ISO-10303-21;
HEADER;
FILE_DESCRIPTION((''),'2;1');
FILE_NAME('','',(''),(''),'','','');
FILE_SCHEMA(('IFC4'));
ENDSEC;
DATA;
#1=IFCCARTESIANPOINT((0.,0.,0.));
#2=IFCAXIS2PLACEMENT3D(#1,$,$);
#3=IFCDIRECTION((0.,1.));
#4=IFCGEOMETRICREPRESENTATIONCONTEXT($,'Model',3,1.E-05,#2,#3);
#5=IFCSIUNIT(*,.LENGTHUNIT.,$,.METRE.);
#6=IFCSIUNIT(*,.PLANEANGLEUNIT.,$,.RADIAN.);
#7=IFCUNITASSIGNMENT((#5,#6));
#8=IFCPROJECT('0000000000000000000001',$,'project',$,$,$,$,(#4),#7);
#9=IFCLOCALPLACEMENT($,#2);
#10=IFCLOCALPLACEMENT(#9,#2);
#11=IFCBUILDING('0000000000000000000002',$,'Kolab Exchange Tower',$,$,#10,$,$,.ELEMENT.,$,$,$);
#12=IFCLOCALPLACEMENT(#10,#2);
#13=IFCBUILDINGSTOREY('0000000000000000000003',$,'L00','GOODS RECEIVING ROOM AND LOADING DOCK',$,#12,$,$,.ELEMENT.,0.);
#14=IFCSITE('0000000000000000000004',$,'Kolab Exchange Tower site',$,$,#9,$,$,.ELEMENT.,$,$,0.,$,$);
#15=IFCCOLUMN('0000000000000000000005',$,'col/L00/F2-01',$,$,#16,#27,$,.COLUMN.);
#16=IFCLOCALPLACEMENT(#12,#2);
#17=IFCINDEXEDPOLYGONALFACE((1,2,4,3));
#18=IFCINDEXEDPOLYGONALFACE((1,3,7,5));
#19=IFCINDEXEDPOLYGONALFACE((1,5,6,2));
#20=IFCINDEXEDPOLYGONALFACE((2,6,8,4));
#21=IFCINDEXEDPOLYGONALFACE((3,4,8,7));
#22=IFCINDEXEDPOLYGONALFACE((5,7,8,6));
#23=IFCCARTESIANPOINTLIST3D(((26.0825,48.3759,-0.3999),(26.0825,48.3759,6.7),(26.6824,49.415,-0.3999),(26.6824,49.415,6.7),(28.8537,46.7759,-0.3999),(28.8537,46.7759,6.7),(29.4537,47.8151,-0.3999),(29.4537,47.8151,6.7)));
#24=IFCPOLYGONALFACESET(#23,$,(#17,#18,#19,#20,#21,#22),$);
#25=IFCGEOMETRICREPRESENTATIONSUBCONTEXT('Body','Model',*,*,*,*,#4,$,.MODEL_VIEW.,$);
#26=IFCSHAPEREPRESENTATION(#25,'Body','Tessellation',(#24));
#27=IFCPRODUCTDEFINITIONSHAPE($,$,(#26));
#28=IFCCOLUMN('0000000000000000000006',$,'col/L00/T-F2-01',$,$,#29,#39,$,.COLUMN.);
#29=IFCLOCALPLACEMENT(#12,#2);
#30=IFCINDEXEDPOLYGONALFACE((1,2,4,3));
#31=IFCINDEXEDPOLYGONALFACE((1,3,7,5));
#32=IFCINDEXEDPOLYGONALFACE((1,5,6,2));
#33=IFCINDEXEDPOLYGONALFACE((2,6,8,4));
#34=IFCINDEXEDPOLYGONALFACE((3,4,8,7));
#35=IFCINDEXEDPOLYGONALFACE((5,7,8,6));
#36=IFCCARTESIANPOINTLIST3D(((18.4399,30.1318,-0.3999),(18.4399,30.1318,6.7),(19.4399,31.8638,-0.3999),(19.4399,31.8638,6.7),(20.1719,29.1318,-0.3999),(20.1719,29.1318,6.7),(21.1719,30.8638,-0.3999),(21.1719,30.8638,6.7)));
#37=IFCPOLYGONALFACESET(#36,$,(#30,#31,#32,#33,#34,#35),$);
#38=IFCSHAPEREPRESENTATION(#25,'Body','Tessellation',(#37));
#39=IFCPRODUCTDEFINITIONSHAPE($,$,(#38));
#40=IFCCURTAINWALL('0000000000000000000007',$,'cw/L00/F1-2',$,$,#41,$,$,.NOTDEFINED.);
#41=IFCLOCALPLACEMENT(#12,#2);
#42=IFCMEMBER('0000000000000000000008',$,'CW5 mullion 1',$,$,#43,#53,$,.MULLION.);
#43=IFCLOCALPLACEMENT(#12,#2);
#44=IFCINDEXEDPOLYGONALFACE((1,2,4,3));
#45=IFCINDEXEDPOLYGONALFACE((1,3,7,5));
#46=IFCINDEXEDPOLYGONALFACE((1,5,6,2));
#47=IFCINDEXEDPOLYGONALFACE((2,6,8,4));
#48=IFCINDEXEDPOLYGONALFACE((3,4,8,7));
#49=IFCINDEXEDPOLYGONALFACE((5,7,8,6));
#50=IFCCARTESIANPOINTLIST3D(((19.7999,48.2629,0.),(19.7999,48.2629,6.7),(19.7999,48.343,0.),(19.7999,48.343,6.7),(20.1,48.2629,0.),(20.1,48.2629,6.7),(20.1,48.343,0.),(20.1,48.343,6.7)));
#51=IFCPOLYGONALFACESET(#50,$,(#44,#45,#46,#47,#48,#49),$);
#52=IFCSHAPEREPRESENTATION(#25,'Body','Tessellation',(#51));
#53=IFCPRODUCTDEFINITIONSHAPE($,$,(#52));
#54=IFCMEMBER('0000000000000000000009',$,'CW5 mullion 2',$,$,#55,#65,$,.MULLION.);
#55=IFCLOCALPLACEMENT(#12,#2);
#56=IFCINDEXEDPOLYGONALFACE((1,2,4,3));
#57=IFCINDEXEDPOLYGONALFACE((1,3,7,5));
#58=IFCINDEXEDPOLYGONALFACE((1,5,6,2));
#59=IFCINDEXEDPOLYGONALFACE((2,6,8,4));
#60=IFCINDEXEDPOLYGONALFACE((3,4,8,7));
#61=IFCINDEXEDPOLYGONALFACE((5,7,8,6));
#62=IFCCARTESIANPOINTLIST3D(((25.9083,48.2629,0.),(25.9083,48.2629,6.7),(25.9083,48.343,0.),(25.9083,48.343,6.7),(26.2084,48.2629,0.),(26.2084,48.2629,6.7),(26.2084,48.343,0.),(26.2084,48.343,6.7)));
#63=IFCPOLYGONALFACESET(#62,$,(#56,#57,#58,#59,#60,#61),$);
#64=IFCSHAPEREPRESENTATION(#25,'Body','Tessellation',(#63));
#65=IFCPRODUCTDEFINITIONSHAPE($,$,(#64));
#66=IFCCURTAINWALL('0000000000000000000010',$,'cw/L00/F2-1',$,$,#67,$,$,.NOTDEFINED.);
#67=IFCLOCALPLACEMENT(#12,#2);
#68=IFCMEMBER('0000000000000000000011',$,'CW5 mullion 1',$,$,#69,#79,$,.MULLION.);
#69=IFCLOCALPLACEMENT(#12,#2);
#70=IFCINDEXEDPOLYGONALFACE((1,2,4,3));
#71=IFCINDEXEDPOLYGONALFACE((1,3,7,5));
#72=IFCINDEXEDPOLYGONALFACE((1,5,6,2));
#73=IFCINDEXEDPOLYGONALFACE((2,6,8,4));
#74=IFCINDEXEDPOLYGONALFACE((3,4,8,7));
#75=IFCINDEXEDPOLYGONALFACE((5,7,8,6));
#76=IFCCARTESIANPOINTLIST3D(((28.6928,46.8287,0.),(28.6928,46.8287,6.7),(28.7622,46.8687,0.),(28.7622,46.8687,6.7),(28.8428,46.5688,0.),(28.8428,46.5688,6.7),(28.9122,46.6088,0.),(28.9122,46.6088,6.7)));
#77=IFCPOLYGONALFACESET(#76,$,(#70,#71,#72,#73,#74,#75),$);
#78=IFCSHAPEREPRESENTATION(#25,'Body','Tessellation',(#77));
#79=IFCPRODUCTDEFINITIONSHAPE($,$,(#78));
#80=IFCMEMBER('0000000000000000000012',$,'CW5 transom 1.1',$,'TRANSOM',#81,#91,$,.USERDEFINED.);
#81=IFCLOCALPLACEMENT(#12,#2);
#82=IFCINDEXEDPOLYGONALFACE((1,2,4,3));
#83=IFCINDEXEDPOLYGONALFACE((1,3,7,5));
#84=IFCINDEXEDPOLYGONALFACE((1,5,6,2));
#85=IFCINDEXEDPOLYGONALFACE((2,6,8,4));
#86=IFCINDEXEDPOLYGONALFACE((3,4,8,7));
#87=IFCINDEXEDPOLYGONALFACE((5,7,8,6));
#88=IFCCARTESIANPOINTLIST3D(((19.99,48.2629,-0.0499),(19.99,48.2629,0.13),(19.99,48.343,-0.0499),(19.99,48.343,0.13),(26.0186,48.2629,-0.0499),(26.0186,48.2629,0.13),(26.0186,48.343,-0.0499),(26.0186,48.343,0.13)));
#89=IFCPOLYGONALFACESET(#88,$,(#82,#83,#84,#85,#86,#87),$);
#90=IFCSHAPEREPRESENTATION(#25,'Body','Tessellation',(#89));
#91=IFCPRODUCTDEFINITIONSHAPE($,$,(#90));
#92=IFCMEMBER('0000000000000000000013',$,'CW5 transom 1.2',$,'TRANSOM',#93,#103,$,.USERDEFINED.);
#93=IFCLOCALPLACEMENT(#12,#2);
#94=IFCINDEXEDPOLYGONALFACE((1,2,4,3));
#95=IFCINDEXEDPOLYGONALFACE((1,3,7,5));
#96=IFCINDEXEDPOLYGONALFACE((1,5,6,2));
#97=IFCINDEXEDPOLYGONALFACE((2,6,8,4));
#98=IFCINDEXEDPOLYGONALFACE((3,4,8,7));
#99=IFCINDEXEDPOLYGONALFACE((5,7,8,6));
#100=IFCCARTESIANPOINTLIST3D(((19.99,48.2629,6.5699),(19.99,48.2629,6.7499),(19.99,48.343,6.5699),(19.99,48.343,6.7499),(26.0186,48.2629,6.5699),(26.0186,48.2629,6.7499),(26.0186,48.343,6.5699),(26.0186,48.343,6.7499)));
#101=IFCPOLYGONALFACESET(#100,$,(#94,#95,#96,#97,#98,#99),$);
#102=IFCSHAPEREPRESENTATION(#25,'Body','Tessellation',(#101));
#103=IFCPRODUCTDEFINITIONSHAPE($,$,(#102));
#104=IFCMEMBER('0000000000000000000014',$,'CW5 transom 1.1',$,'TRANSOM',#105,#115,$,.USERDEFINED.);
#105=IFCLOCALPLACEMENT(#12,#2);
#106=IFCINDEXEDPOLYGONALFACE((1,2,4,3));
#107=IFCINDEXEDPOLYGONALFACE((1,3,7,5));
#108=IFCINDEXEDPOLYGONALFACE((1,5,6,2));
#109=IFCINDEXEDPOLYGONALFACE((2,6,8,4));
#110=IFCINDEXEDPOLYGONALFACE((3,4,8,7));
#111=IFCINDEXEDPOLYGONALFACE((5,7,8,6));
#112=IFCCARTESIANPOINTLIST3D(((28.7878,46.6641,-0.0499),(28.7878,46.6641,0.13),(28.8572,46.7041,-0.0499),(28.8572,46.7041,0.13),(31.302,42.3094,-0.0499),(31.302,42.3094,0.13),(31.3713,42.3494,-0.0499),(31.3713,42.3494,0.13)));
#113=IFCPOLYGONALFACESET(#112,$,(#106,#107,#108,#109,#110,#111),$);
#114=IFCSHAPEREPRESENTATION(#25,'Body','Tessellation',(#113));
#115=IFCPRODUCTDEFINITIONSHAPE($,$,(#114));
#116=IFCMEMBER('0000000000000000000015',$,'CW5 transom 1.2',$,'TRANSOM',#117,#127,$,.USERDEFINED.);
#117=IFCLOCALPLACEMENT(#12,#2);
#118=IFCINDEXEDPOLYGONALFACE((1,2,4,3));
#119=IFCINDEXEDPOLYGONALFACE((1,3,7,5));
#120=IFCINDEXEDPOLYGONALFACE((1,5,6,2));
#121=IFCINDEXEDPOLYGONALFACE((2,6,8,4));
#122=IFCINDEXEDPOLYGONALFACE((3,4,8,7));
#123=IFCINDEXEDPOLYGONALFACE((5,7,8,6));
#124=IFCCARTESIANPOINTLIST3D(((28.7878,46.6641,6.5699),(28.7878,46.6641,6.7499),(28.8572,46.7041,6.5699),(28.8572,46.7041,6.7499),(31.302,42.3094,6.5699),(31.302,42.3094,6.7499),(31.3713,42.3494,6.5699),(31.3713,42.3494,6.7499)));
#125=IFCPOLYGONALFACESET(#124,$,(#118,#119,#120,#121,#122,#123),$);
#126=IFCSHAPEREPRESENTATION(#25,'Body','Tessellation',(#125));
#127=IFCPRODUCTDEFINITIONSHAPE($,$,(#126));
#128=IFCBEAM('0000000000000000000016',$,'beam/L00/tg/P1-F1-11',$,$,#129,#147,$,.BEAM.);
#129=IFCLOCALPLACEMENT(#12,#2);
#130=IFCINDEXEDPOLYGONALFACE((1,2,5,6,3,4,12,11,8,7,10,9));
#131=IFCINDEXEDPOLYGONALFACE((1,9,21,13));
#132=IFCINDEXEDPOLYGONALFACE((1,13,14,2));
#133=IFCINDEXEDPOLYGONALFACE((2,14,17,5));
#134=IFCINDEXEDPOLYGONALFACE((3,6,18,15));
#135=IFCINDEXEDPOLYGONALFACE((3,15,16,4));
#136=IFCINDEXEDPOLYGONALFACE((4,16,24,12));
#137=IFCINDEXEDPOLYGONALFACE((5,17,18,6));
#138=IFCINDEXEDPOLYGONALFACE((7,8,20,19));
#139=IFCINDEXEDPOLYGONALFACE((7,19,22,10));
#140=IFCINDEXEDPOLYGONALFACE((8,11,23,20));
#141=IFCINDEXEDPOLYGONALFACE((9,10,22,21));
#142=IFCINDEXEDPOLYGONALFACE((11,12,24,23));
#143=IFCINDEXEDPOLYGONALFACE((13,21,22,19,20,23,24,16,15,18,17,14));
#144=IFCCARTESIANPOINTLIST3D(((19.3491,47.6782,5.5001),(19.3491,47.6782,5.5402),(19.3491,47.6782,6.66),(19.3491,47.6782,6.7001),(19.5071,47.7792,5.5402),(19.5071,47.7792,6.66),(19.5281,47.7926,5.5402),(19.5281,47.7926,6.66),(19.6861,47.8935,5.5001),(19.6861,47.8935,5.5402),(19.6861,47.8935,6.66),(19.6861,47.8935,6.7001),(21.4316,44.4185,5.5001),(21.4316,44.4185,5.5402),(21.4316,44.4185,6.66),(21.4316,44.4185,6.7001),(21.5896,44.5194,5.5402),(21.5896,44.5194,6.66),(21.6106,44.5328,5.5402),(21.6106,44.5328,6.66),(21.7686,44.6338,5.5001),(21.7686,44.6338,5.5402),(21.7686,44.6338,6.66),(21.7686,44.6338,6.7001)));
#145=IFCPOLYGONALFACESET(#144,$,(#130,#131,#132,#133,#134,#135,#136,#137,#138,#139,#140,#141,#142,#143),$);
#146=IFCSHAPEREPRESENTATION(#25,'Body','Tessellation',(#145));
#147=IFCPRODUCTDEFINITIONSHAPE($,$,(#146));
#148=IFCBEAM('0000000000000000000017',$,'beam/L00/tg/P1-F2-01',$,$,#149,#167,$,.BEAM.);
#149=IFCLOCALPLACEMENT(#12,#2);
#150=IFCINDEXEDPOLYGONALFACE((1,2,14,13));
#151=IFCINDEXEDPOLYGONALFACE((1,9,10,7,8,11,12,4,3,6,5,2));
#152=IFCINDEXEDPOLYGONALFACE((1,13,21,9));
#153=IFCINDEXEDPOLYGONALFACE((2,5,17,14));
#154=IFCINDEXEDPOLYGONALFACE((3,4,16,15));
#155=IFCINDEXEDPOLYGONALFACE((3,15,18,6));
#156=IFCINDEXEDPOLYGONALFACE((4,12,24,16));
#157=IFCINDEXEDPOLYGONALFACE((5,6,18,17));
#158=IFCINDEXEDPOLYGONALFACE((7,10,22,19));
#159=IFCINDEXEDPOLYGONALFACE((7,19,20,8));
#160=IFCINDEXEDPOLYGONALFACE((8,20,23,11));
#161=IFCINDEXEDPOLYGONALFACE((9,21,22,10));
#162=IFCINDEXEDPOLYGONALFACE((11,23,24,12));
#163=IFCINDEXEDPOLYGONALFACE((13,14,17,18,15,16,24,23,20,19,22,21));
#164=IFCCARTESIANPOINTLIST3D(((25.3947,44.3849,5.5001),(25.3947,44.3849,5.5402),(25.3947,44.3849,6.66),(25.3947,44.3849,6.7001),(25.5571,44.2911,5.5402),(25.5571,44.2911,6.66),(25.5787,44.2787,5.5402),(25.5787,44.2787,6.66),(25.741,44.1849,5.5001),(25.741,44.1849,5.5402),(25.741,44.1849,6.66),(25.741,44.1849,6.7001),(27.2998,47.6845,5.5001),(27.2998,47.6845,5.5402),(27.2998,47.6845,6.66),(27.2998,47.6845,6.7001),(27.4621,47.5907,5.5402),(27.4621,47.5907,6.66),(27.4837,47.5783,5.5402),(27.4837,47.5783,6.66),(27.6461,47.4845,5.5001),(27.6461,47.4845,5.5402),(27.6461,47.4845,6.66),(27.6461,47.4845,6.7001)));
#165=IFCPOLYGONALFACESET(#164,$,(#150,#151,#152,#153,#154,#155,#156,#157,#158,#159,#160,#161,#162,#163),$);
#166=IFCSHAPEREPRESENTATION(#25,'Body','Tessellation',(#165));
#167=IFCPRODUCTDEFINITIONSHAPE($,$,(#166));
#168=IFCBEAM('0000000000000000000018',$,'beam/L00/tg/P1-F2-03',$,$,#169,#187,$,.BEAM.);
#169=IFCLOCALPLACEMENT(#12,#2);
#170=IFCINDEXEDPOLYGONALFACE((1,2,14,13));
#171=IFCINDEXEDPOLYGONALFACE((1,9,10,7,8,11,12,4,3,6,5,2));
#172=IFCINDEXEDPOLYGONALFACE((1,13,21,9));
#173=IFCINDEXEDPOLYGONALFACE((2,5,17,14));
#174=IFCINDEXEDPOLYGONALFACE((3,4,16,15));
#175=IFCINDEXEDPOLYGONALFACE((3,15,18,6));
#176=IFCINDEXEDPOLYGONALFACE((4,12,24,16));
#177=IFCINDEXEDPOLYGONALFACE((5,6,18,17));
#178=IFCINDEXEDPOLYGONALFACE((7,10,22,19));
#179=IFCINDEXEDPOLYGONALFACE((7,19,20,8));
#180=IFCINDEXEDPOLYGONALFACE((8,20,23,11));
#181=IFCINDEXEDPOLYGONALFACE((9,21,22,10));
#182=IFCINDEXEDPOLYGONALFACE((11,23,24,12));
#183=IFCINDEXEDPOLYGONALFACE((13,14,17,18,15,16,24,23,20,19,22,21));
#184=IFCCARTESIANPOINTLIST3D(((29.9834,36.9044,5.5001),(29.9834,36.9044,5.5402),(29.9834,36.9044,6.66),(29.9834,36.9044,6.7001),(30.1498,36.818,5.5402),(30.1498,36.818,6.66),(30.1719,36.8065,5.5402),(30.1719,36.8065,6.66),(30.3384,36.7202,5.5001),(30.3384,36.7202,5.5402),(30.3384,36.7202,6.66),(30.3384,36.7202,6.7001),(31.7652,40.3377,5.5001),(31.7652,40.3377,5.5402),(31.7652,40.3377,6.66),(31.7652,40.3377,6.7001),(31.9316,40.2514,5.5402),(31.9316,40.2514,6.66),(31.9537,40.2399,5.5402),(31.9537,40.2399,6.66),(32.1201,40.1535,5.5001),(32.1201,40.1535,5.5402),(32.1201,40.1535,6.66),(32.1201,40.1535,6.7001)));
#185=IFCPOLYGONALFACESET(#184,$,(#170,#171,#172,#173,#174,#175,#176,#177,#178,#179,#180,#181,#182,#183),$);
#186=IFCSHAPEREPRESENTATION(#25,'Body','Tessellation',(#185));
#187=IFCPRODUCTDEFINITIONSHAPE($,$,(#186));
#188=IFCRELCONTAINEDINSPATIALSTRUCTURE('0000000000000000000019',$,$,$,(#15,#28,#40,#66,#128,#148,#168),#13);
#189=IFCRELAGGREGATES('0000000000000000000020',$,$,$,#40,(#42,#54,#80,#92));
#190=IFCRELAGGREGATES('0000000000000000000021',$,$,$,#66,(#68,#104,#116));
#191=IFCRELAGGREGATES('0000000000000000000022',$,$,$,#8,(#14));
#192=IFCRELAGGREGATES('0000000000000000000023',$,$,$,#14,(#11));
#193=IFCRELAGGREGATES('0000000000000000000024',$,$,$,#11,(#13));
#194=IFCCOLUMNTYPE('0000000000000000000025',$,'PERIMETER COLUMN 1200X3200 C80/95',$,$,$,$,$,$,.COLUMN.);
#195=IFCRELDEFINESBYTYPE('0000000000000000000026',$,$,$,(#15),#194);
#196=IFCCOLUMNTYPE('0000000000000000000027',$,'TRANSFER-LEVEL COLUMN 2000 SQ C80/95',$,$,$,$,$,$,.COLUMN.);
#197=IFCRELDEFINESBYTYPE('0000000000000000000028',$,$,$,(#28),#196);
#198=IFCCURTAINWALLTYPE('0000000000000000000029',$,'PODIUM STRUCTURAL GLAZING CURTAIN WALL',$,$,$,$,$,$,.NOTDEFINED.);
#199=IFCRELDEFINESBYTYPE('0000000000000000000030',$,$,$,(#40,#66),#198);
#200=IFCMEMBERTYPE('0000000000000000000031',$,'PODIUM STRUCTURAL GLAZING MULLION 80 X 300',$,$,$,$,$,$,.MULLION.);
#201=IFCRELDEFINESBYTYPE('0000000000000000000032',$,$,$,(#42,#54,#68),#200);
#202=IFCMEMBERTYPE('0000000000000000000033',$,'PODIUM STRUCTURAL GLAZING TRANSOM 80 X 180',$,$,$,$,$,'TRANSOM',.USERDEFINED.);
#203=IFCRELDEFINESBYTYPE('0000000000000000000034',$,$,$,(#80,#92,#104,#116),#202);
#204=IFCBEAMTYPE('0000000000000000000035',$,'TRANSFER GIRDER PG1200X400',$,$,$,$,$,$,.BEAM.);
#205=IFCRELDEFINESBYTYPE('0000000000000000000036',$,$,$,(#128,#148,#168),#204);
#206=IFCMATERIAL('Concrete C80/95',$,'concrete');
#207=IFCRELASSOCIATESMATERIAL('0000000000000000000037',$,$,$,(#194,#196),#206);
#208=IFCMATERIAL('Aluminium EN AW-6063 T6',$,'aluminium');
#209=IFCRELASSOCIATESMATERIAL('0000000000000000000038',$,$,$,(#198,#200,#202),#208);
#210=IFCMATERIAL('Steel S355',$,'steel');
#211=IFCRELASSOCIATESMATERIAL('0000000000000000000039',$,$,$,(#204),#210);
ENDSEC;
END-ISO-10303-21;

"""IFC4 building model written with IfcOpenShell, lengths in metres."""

from ifc_helpers import new_model, si_unit, direction, frame, origin, origin_2d, place, context, subcontext, project, spatial, rectangle, i_section, extrude, material, material_profile, profile_set, type_object, element, aggregate, save


model = new_model("IFC4")

# Units and contexts
model_context = context("Model", 3, precision=1e-05, world=origin(), true_north=direction((0.0, 1.0)))
body_context = subcontext(model_context, "Body", "Model", "MODEL_VIEW")
ifc_project = project(units=[si_unit("LENGTHUNIT", "METRE"), si_unit("PLANEANGLEUNIT", "RADIAN")], contexts=[model_context])

# Site, building, storey
site_placement = place(None, origin())
site = spatial("IfcSite", under=ifc_project, at=site_placement, Name="Kolab Exchange Tower site", CompositionType="ELEMENT", RefElevation=0.0)
building_placement = place(site_placement, origin())
building = spatial("IfcBuilding", under=site, at=building_placement, Name="Kolab Exchange Tower", CompositionType="ELEMENT")
storey_placement = place(building_placement, origin())
storey = spatial("IfcBuildingStorey", under=building, at=storey_placement, Name="L00", Description="GOODS RECEIVING ROOM AND LOADING DOCK", CompositionType="ELEMENT", Elevation=0.0)

# Columns
ifc_material_1 = material(Name="Concrete C80/95", Category="concrete")
ifc_material_profile_1 = material_profile(ifc_material_1, rectangle(XDim=1.2, YDim=3.2, at=origin_2d()), Name="RC1200X3200")
ifc_profile_set_1 = profile_set([ifc_material_profile_1], Name="Concrete C80/95")
column_type_1 = type_object("IfcColumnType", Name="PERIMETER COLUMN 1200X3200 C80/95", PredefinedType="COLUMN", material=ifc_profile_set_1)
for number, where, z_axis, x_axis, name in (
    (1, (27.7681, 48.0955, -0.3999), (0.0, 0.0, 1.0), (0.5, 0.866025, 0.0), "col/L00/F2-01"),
):
    element("IfcColumn", number, at=place(storey_placement, frame(where, z_axis=z_axis, x_axis=x_axis)), inside=storey, type_object=column_type_1, Name=name, PredefinedType="COLUMN", context=body_context, shape_type="SweptSolid", body=[
        extrude(rectangle(XDim=1.2, YDim=3.2, at=origin_2d()), origin(), (0.0, 0.0, 1.0), 7.0999),
    ])
ifc_material_profile_2 = material_profile(ifc_material_1, rectangle(XDim=2.0, YDim=2.0, at=origin_2d()), Name="RC2000")
ifc_profile_set_2 = profile_set([ifc_material_profile_2], Name="Concrete C80/95")
column_type_2 = type_object("IfcColumnType", Name="TRANSFER-LEVEL COLUMN 2000 SQ C80/95", PredefinedType="COLUMN", material=ifc_profile_set_2)
column_placement = place(storey_placement, frame((19.8059, 30.4978, -0.3999), z_axis=(0.0, 0.0, 1.0), x_axis=(0.5, 0.866025, 0.0)))
element("IfcColumn", 2, at=column_placement, inside=storey, type_object=column_type_2, Name="col/L00/T-F2-01", PredefinedType="COLUMN", context=body_context, shape_type="SweptSolid", body=[
    extrude(rectangle(XDim=2.0, YDim=2.0, at=origin_2d()), origin(), (0.0, 0.0, 1.0), 7.0999),
])

# Curtain wall, members
ifc_material_2 = material(Name="Aluminium EN AW-6063 T6", Category="aluminium")
curtain_wall_type = type_object("IfcCurtainWallType", Name="PODIUM STRUCTURAL GLAZING CURTAIN WALL", PredefinedType="NOTDEFINED", material=ifc_material_2)
curtain_wall_1_placement = place(storey_placement, origin())
curtain_wall_1 = element("IfcCurtainWall", 3, at=curtain_wall_1_placement, inside=storey, type_object=curtain_wall_type, Name="cw/L00/F1-2", PredefinedType="NOTDEFINED")
ifc_material_profile_3 = material_profile(ifc_material_2, rectangle(XDim=0.0801, YDim=0.3, at=origin_2d()), Name="RECT 80X300")
ifc_profile_set_3 = profile_set([ifc_material_profile_3], Name="Aluminium EN AW-6063 T6")
member_type_1 = type_object("IfcMemberType", Name="PODIUM STRUCTURAL GLAZING MULLION 80 X 300", PredefinedType="MULLION", material=ifc_profile_set_3)
member_1_placement = place(storey_placement, frame((19.95, 48.303, 0.0), z_axis=(0.0, 0.0, 1.0), x_axis=(0.0, 1.0, 0.0)))
member_1 = element("IfcMember", 4, at=member_1_placement, type_object=member_type_1, Name="CW5 mullion 1", PredefinedType="MULLION", context=body_context, shape_type="SweptSolid", body=[
    extrude(rectangle(XDim=0.0801, YDim=0.3, at=origin_2d()), origin(), (0.0, 0.0, 1.0), 6.7),
])
member_2_placement = place(storey_placement, frame((26.0583, 48.303, 0.0), z_axis=(0.0, 0.0, 1.0), x_axis=(0.0, 1.0, 0.0)))
member_2 = element("IfcMember", 5, at=member_2_placement, type_object=member_type_1, Name="CW5 mullion 2", PredefinedType="MULLION", context=body_context, shape_type="SweptSolid", body=[
    extrude(rectangle(XDim=0.0801, YDim=0.3, at=origin_2d()), origin(), (0.0, 0.0, 1.0), 6.7),
])

# Curtain wall, member
curtain_wall_2_placement = place(storey_placement, origin())
curtain_wall_2 = element("IfcCurtainWall", 6, at=curtain_wall_2_placement, inside=storey, type_object=curtain_wall_type, Name="cw/L00/F2-1", PredefinedType="NOTDEFINED")
member_3_placement = place(storey_placement, frame((28.8025, 46.7188, 0.0), z_axis=(0.0, 0.0, 1.0), x_axis=(0.866025, 0.5, 0.0)))
member_3 = element("IfcMember", 7, at=member_3_placement, type_object=member_type_1, Name="CW5 mullion 1", PredefinedType="MULLION", context=body_context, shape_type="SweptSolid", body=[
    extrude(rectangle(XDim=0.0801, YDim=0.3, at=origin_2d()), origin(), (0.0, 0.0, 1.0), 6.7),
])

# Members
ifc_material_profile_4 = material_profile(ifc_material_2, rectangle(XDim=0.0801, YDim=0.1799, at=origin_2d()), Name="RECT 80X180")
ifc_profile_set_4 = profile_set([ifc_material_profile_4], Name="Aluminium EN AW-6063 T6")
member_type_2 = type_object("IfcMemberType", Name="PODIUM STRUCTURAL GLAZING TRANSOM 80 X 180", ElementType="TRANSOM", PredefinedType="USERDEFINED", material=ifc_profile_set_4)
member_4_placement = place(storey_placement, frame((19.99, 48.303, 0.04), z_axis=(1.0, 0.0, 0.0), x_axis=(0.0, 1.0, 0.0)))
member_4 = element("IfcMember", 8, at=member_4_placement, type_object=member_type_2, Name="CW5 transom 1.1", ObjectType="TRANSOM", PredefinedType="USERDEFINED", context=body_context, shape_type="SweptSolid", body=[
    extrude(rectangle(XDim=0.0801, YDim=0.1799, at=origin_2d()), origin(), (0.0, 0.0, 1.0), 6.0286),
])
member_5_placement = place(storey_placement, frame((19.99, 48.303, 6.6599), z_axis=(1.0, 0.0, 0.0), x_axis=(0.0, 1.0, 0.0)))
member_5 = element("IfcMember", 9, at=member_5_placement, type_object=member_type_2, Name="CW5 transom 1.2", ObjectType="TRANSOM", PredefinedType="USERDEFINED", context=body_context, shape_type="SweptSolid", body=[
    extrude(rectangle(XDim=0.0801, YDim=0.1799, at=origin_2d()), origin(), (0.0, 0.0, 1.0), 6.0286),
])
member_6_placement = place(storey_placement, frame((28.8225, 46.6841, 0.04), z_axis=(0.499993, -0.86603, 0.0), x_axis=(0.86603, 0.499993, 0.0)))
member_6 = element("IfcMember", 10, at=member_6_placement, type_object=member_type_2, Name="CW5 transom 1.1", ObjectType="TRANSOM", PredefinedType="USERDEFINED", context=body_context, shape_type="SweptSolid", body=[
    extrude(rectangle(XDim=0.0801, YDim=0.1799, at=origin_2d()), origin(), (0.0, 0.0, 1.0), 5.0283),
])
member_7_placement = place(storey_placement, frame((28.8225, 46.6841, 6.6599), z_axis=(0.499993, -0.86603, 0.0), x_axis=(0.86603, 0.499993, 0.0)))
member_7 = element("IfcMember", 11, at=member_7_placement, type_object=member_type_2, Name="CW5 transom 1.2", ObjectType="TRANSOM", PredefinedType="USERDEFINED", context=body_context, shape_type="SweptSolid", body=[
    extrude(rectangle(XDim=0.0801, YDim=0.1799, at=origin_2d()), origin(), (0.0, 0.0, 1.0), 5.0283),
])

# Beams
ifc_material_3 = material(Name="Steel S355", Category="steel")
ifc_material_profile_5 = material_profile(ifc_material_3, i_section(OverallWidth=0.3999, OverallDepth=1.2, WebThickness=0.0249, FlangeThickness=0.04, at=origin_2d()), Name="PG1200X400")
ifc_profile_set_5 = profile_set([ifc_material_profile_5], Name="Steel S355")
beam_type = type_object("IfcBeamType", Name="TRANSFER GIRDER PG1200X400", PredefinedType="BEAM", material=ifc_profile_set_5)
beam_1_placement = place(storey_placement, frame((21.6001, 44.5261, 6.1001), z_axis=(-0.538369, 0.842709, 0.0), x_axis=(-0.842709, -0.538369, 0.0)))
element("IfcBeam", 12, at=beam_1_placement, inside=storey, type_object=beam_type, Name="beam/L00/tg/P1-F1-11", PredefinedType="BEAM", context=body_context, shape_type="SweptSolid", body=[
    extrude(i_section(OverallWidth=0.3999, OverallDepth=1.2, WebThickness=0.0249, FlangeThickness=0.04, at=origin_2d()), origin(), (0.0, 0.0, 1.0), 3.8682),
])
beam_2_placement = place(storey_placement, frame((25.5679, 44.2849, 6.1001), z_axis=(0.500005, 0.866022, 0.0), x_axis=(-0.866022, 0.500005, 0.0)))
element("IfcBeam", 13, at=beam_2_placement, inside=storey, type_object=beam_type, Name="beam/L00/tg/P1-F2-01", PredefinedType="BEAM", context=body_context, shape_type="SweptSolid", body=[
    extrude(i_section(OverallWidth=0.3999, OverallDepth=1.2, WebThickness=0.0249, FlangeThickness=0.04, at=origin_2d()), origin(), (0.0, 0.0, 1.0), 3.8101),
])
beam_3_placement = place(storey_placement, frame((30.1609, 36.8123, 6.1001), z_axis=(0.460619, 0.887598, 0.0), x_axis=(-0.887598, 0.460619, 0.0)))
element("IfcBeam", 14, at=beam_3_placement, inside=storey, type_object=beam_type, Name="beam/L00/tg/P1-F2-03", PredefinedType="BEAM", context=body_context, shape_type="SweptSolid", body=[
    extrude(i_section(OverallWidth=0.3999, OverallDepth=1.2, WebThickness=0.0249, FlangeThickness=0.04, at=origin_2d()), origin(), (0.0, 0.0, 1.0), 3.8682),
])

aggregate(curtain_wall_1, [member_1, member_2, member_4, member_5])
aggregate(curtain_wall_2, [member_3, member_6, member_7])

save(model, "model.ifc")
